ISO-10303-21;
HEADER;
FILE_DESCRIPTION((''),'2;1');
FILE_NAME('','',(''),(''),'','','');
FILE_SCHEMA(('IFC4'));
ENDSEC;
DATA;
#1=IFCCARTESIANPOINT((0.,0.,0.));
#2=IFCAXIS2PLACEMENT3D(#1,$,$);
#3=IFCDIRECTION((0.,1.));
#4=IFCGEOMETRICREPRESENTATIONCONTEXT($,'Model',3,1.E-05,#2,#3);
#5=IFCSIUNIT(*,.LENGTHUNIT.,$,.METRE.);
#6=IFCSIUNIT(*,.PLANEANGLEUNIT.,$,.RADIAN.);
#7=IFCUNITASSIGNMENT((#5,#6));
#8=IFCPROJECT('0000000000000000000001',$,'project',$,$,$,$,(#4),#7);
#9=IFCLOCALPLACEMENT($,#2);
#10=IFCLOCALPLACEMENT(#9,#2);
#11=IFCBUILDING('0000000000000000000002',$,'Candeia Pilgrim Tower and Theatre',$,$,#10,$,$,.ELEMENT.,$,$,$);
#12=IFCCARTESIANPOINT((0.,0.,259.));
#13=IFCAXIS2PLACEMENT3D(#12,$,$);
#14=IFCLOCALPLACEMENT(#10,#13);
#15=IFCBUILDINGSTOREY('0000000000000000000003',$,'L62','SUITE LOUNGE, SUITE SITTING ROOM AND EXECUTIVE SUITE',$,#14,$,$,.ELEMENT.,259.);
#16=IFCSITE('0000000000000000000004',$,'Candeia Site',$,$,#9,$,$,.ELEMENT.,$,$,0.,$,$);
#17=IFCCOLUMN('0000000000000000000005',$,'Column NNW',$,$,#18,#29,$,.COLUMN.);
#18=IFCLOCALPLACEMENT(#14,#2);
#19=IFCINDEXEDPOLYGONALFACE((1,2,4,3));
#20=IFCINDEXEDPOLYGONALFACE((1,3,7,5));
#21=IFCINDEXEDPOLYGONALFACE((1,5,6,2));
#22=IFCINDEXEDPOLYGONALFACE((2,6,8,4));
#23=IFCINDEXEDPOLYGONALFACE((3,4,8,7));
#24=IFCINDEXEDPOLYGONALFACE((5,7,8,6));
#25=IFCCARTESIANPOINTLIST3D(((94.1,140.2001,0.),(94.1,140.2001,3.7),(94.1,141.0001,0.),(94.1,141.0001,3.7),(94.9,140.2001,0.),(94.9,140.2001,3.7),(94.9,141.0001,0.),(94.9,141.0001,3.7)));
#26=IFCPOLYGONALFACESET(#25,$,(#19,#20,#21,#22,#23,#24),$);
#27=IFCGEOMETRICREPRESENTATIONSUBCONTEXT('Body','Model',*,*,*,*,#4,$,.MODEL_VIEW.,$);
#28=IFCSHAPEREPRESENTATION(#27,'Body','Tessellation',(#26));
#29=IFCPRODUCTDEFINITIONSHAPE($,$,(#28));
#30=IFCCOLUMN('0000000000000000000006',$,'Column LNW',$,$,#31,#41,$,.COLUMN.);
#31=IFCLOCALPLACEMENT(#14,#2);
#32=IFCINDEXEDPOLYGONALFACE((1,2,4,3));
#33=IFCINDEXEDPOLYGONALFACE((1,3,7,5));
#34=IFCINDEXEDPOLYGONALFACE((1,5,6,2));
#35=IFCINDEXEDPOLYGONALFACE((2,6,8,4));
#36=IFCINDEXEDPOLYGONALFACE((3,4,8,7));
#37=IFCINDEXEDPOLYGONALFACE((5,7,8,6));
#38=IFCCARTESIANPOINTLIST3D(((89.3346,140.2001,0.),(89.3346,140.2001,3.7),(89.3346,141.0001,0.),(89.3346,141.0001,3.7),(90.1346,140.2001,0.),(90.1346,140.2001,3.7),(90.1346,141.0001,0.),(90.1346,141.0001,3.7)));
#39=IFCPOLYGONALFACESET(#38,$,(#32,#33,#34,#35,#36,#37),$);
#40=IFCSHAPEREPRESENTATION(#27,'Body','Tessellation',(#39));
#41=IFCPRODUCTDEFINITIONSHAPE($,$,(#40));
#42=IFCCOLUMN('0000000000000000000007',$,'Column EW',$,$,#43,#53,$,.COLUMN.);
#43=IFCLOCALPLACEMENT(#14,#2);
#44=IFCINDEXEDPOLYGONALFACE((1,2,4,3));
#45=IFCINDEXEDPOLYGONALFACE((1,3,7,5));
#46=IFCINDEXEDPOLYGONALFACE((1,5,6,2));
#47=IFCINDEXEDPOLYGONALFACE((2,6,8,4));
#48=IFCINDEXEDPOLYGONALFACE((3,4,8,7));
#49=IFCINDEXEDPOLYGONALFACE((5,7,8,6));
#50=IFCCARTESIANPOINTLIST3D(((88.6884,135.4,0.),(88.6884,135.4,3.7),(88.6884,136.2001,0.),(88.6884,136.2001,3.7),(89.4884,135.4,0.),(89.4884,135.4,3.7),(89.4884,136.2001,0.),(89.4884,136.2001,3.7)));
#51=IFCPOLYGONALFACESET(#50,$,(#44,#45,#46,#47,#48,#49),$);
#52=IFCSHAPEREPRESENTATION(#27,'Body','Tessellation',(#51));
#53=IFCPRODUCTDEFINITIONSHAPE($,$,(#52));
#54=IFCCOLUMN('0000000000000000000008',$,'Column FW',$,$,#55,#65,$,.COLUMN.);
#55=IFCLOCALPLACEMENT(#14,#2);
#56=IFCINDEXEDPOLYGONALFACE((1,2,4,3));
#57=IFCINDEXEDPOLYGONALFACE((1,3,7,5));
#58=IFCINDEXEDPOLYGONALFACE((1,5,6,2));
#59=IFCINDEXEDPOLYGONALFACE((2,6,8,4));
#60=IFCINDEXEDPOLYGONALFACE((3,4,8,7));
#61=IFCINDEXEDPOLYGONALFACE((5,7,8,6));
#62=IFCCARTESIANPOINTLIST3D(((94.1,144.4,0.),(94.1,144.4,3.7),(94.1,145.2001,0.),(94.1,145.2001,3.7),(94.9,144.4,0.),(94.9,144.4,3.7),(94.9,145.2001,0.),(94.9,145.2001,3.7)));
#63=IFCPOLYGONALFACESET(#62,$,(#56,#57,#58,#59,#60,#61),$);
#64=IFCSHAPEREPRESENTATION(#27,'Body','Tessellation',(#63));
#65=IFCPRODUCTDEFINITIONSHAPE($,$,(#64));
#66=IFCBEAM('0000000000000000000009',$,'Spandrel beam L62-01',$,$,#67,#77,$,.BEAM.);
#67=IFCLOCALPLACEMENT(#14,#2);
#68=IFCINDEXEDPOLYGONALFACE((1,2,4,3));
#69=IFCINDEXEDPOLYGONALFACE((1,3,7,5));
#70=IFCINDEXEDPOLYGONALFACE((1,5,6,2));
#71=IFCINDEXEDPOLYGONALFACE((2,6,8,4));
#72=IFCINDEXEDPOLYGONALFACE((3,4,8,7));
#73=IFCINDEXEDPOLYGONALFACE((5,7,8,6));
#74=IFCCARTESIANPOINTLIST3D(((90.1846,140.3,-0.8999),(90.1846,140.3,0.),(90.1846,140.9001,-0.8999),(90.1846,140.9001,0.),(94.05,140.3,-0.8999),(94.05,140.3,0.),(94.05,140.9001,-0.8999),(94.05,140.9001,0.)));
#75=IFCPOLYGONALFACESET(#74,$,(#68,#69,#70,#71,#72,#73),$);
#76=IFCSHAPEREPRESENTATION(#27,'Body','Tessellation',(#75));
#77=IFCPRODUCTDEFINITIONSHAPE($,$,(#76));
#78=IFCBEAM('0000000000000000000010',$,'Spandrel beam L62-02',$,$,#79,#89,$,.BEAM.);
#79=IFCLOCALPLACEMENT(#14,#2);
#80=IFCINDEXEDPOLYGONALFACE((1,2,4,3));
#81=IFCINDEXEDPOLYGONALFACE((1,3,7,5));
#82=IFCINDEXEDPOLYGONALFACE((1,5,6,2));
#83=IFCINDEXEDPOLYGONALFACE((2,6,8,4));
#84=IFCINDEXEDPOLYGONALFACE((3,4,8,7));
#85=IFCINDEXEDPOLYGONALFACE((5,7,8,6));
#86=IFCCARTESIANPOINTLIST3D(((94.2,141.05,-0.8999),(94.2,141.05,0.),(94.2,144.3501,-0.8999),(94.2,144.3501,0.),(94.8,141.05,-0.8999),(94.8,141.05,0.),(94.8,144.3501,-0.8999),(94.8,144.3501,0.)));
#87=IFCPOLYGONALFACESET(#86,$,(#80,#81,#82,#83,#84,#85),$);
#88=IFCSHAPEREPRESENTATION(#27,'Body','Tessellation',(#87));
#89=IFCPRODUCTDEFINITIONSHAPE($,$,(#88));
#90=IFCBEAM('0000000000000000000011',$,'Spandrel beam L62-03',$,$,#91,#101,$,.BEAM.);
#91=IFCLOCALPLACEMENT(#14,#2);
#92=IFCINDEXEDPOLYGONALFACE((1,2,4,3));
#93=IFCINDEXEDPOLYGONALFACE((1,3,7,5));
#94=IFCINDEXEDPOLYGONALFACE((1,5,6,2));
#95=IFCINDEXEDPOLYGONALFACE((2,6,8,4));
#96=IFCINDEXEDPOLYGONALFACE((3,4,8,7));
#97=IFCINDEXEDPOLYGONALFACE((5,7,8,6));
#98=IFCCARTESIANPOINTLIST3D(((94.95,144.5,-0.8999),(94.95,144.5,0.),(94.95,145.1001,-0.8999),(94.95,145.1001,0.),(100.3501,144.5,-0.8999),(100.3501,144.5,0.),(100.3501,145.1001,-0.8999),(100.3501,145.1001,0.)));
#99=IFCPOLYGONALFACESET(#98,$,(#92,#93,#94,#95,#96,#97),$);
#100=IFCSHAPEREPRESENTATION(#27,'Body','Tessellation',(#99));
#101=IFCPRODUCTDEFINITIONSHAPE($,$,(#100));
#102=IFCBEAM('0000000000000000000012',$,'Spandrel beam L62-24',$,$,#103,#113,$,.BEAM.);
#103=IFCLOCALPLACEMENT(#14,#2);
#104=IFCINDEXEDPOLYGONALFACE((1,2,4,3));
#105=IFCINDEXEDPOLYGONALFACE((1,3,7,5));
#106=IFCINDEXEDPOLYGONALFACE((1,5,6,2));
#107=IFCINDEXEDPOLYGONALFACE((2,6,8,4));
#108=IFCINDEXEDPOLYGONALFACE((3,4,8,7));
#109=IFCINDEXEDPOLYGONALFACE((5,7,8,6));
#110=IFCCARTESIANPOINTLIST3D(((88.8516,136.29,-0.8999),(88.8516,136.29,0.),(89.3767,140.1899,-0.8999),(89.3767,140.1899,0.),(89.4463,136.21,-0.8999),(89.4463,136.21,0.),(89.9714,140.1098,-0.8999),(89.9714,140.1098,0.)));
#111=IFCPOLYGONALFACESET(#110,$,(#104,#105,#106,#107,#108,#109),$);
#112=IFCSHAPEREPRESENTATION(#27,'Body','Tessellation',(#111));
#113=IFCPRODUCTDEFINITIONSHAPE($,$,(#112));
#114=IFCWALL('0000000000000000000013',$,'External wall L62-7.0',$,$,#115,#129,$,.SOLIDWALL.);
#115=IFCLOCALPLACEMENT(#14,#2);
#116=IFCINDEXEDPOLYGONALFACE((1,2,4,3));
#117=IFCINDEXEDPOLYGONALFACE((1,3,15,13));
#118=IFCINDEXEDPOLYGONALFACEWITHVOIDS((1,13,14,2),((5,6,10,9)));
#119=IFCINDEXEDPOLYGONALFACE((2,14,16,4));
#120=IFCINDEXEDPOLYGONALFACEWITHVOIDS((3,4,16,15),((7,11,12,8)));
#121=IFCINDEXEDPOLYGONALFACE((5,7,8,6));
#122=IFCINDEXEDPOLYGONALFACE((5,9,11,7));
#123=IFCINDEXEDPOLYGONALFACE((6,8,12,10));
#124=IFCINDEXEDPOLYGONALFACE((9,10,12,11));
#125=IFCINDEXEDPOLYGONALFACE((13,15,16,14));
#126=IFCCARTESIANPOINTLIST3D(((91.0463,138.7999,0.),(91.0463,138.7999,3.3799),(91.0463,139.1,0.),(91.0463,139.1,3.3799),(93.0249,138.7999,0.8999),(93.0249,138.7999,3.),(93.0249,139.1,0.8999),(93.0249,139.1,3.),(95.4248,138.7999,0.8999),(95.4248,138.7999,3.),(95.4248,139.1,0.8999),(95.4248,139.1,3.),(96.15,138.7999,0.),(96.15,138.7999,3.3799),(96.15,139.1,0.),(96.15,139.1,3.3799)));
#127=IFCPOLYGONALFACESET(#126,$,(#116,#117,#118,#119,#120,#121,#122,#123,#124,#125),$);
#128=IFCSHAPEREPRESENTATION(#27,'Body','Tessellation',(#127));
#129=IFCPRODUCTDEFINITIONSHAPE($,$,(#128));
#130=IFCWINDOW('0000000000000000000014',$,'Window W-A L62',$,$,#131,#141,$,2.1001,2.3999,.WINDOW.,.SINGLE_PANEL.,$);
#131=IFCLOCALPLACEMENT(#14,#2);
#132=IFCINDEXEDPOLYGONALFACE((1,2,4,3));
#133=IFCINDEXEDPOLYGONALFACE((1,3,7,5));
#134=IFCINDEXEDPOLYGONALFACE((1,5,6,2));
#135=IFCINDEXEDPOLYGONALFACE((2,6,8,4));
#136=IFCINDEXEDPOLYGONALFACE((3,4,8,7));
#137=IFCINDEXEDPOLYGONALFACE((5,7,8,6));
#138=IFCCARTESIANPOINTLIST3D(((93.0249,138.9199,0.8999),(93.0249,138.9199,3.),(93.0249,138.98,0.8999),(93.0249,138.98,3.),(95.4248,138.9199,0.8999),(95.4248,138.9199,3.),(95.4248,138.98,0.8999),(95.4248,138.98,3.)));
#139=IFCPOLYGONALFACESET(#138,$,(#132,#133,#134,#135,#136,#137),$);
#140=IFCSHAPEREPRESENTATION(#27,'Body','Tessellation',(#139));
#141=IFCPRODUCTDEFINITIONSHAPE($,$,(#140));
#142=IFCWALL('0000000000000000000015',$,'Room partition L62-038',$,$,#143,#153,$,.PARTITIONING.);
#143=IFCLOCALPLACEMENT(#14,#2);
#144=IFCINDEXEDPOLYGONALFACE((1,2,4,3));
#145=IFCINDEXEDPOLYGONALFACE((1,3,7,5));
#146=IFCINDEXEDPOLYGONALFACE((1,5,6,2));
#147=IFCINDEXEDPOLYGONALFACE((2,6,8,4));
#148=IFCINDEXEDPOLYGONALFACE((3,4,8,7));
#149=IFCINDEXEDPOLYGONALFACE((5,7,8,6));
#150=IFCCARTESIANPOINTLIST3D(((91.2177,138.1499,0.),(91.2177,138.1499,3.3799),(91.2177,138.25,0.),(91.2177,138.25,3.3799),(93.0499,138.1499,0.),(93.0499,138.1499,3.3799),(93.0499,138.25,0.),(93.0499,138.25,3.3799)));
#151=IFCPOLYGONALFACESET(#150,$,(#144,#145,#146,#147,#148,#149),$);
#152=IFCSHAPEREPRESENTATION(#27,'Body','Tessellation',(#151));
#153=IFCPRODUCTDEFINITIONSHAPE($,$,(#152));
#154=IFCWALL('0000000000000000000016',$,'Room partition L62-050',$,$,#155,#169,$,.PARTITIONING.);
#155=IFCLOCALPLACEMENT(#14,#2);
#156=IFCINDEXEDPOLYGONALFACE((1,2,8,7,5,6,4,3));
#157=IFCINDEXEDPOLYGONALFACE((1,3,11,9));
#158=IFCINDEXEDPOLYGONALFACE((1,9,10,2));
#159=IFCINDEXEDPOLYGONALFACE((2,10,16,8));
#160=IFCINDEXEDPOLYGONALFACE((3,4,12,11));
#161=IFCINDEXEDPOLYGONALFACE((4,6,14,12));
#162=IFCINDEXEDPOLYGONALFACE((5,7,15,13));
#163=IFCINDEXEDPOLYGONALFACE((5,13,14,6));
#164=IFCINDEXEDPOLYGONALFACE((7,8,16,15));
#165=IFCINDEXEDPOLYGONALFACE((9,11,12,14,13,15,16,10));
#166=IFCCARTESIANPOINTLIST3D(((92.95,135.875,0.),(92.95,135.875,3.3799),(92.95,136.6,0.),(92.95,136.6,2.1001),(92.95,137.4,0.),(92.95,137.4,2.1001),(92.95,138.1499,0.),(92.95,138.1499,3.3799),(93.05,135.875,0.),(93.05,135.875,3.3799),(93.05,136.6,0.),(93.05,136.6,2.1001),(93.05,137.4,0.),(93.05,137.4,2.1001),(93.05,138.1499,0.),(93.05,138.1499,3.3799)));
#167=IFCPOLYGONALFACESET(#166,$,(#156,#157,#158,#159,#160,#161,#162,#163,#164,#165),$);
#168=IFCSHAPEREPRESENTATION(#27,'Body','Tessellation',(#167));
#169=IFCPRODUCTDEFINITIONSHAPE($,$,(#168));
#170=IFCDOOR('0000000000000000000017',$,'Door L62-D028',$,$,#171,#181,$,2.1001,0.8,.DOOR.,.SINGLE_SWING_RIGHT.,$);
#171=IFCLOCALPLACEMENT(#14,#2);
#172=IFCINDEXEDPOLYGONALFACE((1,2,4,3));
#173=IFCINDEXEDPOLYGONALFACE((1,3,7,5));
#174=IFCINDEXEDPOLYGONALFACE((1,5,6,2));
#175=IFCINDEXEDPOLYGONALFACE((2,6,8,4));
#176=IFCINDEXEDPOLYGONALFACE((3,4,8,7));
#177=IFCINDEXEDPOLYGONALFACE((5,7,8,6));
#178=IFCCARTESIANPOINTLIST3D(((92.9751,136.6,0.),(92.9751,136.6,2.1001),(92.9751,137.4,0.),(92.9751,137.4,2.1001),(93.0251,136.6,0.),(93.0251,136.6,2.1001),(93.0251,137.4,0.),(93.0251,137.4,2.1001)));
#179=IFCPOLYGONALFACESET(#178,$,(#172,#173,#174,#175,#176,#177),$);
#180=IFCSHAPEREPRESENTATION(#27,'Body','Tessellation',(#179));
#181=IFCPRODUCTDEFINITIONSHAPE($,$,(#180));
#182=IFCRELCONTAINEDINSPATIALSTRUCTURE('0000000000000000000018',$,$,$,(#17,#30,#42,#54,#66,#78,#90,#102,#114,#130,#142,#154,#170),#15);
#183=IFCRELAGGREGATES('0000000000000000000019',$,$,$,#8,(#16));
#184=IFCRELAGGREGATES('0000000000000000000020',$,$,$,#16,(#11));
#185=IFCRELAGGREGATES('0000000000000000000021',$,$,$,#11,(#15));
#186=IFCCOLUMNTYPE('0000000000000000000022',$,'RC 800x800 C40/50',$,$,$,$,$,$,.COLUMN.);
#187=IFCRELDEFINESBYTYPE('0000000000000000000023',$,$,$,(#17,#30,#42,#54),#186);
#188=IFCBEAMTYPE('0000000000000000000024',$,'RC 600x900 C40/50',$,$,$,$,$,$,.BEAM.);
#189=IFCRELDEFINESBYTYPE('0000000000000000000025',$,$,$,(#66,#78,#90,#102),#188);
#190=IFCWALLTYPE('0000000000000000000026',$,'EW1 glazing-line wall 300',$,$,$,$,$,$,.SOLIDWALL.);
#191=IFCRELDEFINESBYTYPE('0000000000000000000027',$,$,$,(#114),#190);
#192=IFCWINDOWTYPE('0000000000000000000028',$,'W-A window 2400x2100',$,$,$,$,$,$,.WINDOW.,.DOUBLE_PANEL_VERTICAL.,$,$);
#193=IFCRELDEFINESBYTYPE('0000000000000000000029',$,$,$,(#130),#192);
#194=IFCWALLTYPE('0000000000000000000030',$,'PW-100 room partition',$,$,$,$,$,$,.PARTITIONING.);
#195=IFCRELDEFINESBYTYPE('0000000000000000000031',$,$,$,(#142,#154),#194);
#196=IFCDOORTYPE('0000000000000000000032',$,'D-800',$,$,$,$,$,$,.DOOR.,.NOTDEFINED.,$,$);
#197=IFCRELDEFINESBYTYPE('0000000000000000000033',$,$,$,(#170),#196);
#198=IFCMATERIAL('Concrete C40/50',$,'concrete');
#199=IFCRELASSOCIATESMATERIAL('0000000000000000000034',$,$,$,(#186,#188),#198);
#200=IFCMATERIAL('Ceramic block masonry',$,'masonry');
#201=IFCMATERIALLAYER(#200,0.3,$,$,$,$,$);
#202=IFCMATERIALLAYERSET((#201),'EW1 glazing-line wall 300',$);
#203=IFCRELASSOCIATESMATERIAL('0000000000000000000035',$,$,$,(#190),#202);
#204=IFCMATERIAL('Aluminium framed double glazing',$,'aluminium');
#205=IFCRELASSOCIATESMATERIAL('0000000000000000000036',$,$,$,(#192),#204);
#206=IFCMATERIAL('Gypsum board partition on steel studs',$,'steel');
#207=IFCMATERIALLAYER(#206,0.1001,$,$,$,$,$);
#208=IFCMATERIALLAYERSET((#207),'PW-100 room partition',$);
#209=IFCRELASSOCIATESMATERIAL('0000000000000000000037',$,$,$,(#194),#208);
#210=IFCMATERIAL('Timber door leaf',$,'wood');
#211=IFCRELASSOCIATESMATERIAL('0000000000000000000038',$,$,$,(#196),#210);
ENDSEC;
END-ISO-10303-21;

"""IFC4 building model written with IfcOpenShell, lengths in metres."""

from ifc_helpers import new_model, si_unit, direction, frame, frame_2d, origin, origin_2d, place, context, subcontext, project, spatial, rectangle, extrude, material, layer, layer_set, material_profile, profile_set, type_object, element, fill, save


model = new_model("IFC4")

# Units and contexts
model_context = context("Model", 3, precision=1e-05, world=origin(), true_north=direction((0.0, 1.0)))
body_context = subcontext(model_context, "Body", "Model", "MODEL_VIEW")
ifc_project = project(units=[si_unit("LENGTHUNIT", "METRE"), si_unit("PLANEANGLEUNIT", "RADIAN")], contexts=[model_context])

# Site, building, storey
site_placement = place(None, origin())
site = spatial("IfcSite", under=ifc_project, at=site_placement, Name="Candeia Site", CompositionType="ELEMENT", RefElevation=0.0)
building_placement = place(site_placement, origin())
building = spatial("IfcBuilding", under=site, at=building_placement, Name="Candeia Pilgrim Tower and Theatre", CompositionType="ELEMENT")
storey_placement = place(building_placement, frame((0.0, 0.0, 259.0)))
storey = spatial("IfcBuildingStorey", under=building, at=storey_placement, Name="L62", Description="SUITE LOUNGE, SUITE SITTING ROOM AND EXECUTIVE SUITE", CompositionType="ELEMENT", Elevation=259.0)

# Columns
ifc_material_1 = material(Name="Concrete C40/50", Category="concrete")
ifc_material_profile_1 = material_profile(ifc_material_1, rectangle(XDim=0.8, YDim=0.8, at=origin_2d()))
ifc_profile_set_1 = profile_set([ifc_material_profile_1], Name="Concrete C40/50")
column_type = type_object("IfcColumnType", Name="RC 800x800 C40/50", PredefinedType="COLUMN", material=ifc_profile_set_1)
for number, where, z_axis, x_axis, name in (
    (1, (94.5, 140.6001, 0.0), (0.0, 0.0, 1.0), (1.0, 0.0, 0.0), "Column NNW"),
    (2, (89.7346, 140.6001, 0.0), (0.0, 0.0, 1.0), (1.0, 0.0, 0.0), "Column LNW"),
    (3, (89.0884, 135.8, 0.0), (0.0, 0.0, 1.0), (1.0, 0.0, 0.0), "Column EW"),
    (4, (94.5, 144.8, 0.0), (0.0, 0.0, 1.0), (1.0, 0.0, 0.0), "Column FW"),
):
    element("IfcColumn", number, at=place(storey_placement, frame(where, z_axis=z_axis, x_axis=x_axis)), inside=storey, type_object=column_type, Name=name, PredefinedType="COLUMN", context=body_context, shape_type="SweptSolid", body=[
        extrude(rectangle(XDim=0.8, YDim=0.8, at=origin_2d()), origin(), (0.0, 0.0, 1.0), 3.7),
    ])

# Beams
ifc_material_profile_2 = material_profile(ifc_material_1, rectangle(XDim=0.6001, YDim=0.8999, at=origin_2d()))
ifc_profile_set_2 = profile_set([ifc_material_profile_2], Name="Concrete C40/50")
beam_type = type_object("IfcBeamType", Name="RC 600x900 C40/50", PredefinedType="BEAM", material=ifc_profile_set_2)
beam_1_placement = place(storey_placement, frame((90.1846, 140.6001, -0.45), z_axis=(1.0, 0.0, 0.0), x_axis=(0.0, 1.0, 0.0)))
element("IfcBeam", 5, at=beam_1_placement, inside=storey, type_object=beam_type, Name="Spandrel beam L62-01", PredefinedType="BEAM", context=body_context, shape_type="SweptSolid", body=[
    extrude(rectangle(XDim=0.6001, YDim=0.8999, at=origin_2d()), origin(), (0.0, 0.0, 1.0), 3.8655),
])
beam_2_placement = place(storey_placement, frame((94.5, 141.05, -0.45), z_axis=(0.0, 1.0, 0.0), x_axis=(-1.0, 0.0, 0.0)))
element("IfcBeam", 6, at=beam_2_placement, inside=storey, type_object=beam_type, Name="Spandrel beam L62-02", PredefinedType="BEAM", context=body_context, shape_type="SweptSolid", body=[
    extrude(rectangle(XDim=0.6001, YDim=0.8999, at=origin_2d()), origin(), (0.0, 0.0, 1.0), 3.3),
])
beam_3_placement = place(storey_placement, frame((94.95, 144.8, -0.45), z_axis=(1.0, 0.0, 0.0), x_axis=(0.0, 1.0, 0.0)))
element("IfcBeam", 7, at=beam_3_placement, inside=storey, type_object=beam_type, Name="Spandrel beam L62-03", PredefinedType="BEAM", context=body_context, shape_type="SweptSolid", body=[
    extrude(rectangle(XDim=0.6001, YDim=0.8999, at=origin_2d()), origin(), (0.0, 0.0, 1.0), 5.4001),
])
beam_4_placement = place(storey_placement, frame((89.1489, 136.25, -0.45), z_axis=(0.133452, 0.991055, 0.0), x_axis=(-0.991055, 0.133452, 0.0)))
element("IfcBeam", 8, at=beam_4_placement, inside=storey, type_object=beam_type, Name="Spandrel beam L62-24", PredefinedType="BEAM", context=body_context, shape_type="SweptSolid", body=[
    extrude(rectangle(XDim=0.6001, YDim=0.8999, at=origin_2d()), origin(), (0.0, 0.0, 1.0), 3.9351),
])

# Shared definitions
ifc_material_2 = material(Name="Ceramic block masonry", Category="masonry")
ifc_layer_1 = layer(ifc_material_2, 0.3)
ifc_layer_set_1 = layer_set([ifc_layer_1], Name="EW1 glazing-line wall 300")
wall_type_1 = type_object("IfcWallType", Name="EW1 glazing-line wall 300", PredefinedType="SOLIDWALL", material=ifc_layer_set_1)
ifc_material_3 = material(Name="Aluminium framed double glazing", Category="aluminium")

# Wall, opening, window
wall_1_placement = place(storey_placement, frame((96.1499, 138.95, 0.0), z_axis=(0.0, 0.0, 1.0), x_axis=(-1.0, 0.0, 0.0)))
wall_1 = element("IfcWall", 9, at=wall_1_placement, inside=storey, type_object=wall_type_1, Name="External wall L62-7.0", PredefinedType="SOLIDWALL", context=body_context, shape_type="SweptSolid", body=[
    extrude(rectangle(XDim=5.1038, YDim=0.3, at=frame_2d((2.5518, 0.0))), origin(), (0.0, 0.0, 1.0), 3.3799),
])
opening_1_placement = place(wall_1_placement, frame((0.7251, 0.0, 0.8999)))
opening_1 = element("IfcOpeningElement", 10, at=opening_1_placement, cuts=wall_1, PredefinedType="OPENING", context=body_context, shape_type="SweptSolid", body=[
    extrude(rectangle(XDim=2.3999, YDim=2.1001, at=frame_2d((1.2, 1.05))), frame((0.0, 0.1602, 0.0), z_axis=(0.0, -1.0, 0.0), x_axis=(1.0, 0.0, 0.0)), (0.0, 0.0, 1.0), 0.3201),
])
window_type_1 = type_object("IfcWindowType", Name="W-A window 2400x2100", PartitioningType="DOUBLE_PANEL_VERTICAL", PredefinedType="WINDOW", material=ifc_material_3)
window_1_placement = place(opening_1_placement, origin())
window_1 = element("IfcWindow", 11, at=window_1_placement, inside=storey, type_object=window_type_1, Name="Window W-A L62", OverallHeight=2.1001, OverallWidth=2.3999, PartitioningType="SINGLE_PANEL", PredefinedType="WINDOW", context=body_context, shape_type="SweptSolid", body=[
    extrude(rectangle(XDim=2.3999, YDim=2.1001, at=frame_2d((1.2, 1.05))), frame((0.0, 0.03, 0.0), z_axis=(0.0, -1.0, 0.0), x_axis=(1.0, 0.0, 0.0)), (0.0, 0.0, 1.0), 0.0601),
])
fill(opening_1, window_1)

# Wall
ifc_material_4 = material(Name="Gypsum board partition on steel studs", Category="steel")
ifc_layer_2 = layer(ifc_material_4, 0.1001)
ifc_layer_set_2 = layer_set([ifc_layer_2], Name="PW-100 room partition")
wall_type_2 = type_object("IfcWallType", Name="PW-100 room partition", PredefinedType="PARTITIONING", material=ifc_layer_set_2)
wall_2_placement = place(storey_placement, frame((91.2178, 138.2, 0.0), z_axis=(0.0, 0.0, 1.0), x_axis=(1.0, 0.0, 0.0)))
element("IfcWall", 12, at=wall_2_placement, inside=storey, type_object=wall_type_2, Name="Room partition L62-038", PredefinedType="PARTITIONING", context=body_context, shape_type="SweptSolid", body=[
    extrude(rectangle(XDim=1.8323, YDim=0.1001, at=frame_2d((0.916, 0.0))), origin(), (0.0, 0.0, 1.0), 3.3799),
])

# Wall, opening, door
wall_3_placement = place(storey_placement, frame((93.0, 135.875, 0.0), z_axis=(0.0, 0.0, 1.0), x_axis=(0.0, 1.0, 0.0)))
wall_3 = element("IfcWall", 13, at=wall_3_placement, inside=storey, type_object=wall_type_2, Name="Room partition L62-050", PredefinedType="PARTITIONING", context=body_context, shape_type="SweptSolid", body=[
    extrude(rectangle(XDim=2.2749, YDim=0.1001, at=frame_2d((1.1375, 0.0))), origin(), (0.0, 0.0, 1.0), 3.3799),
])
opening_2_placement = place(wall_3_placement, frame((0.7251, 0.0, 0.0)))
opening_2 = element("IfcOpeningElement", 14, at=opening_2_placement, cuts=wall_3, PredefinedType="OPENING", context=body_context, shape_type="SweptSolid", body=[
    extrude(rectangle(XDim=0.8, YDim=2.1001, at=frame_2d((0.3999, 1.05))), frame((0.0, 0.0601, 0.0), z_axis=(0.0, -1.0, 0.0), x_axis=(1.0, 0.0, 0.0)), (0.0, 0.0, 1.0), 0.1201),
])
ifc_material_5 = material(Name="Timber door leaf", Category="wood")
door_type_1 = type_object("IfcDoorType", Name="D-800", OperationType="NOTDEFINED", PredefinedType="DOOR", material=ifc_material_5)
door_1_placement = place(opening_2_placement, origin())
door_1 = element("IfcDoor", 15, at=door_1_placement, inside=storey, type_object=door_type_1, Name="Door L62-D028", OperationType="SINGLE_SWING_RIGHT", OverallHeight=2.1001, OverallWidth=0.8, PredefinedType="DOOR", context=body_context, shape_type="SweptSolid", body=[
    extrude(rectangle(XDim=0.8, YDim=2.1001, at=frame_2d((0.3999, 1.05))), frame((0.0, 0.0249, 0.0), z_axis=(0.0, -1.0, 0.0), x_axis=(1.0, 0.0, 0.0)), (0.0, 0.0, 1.0), 0.05),
])
fill(opening_2, door_1)

save(model, "model.ifc")
